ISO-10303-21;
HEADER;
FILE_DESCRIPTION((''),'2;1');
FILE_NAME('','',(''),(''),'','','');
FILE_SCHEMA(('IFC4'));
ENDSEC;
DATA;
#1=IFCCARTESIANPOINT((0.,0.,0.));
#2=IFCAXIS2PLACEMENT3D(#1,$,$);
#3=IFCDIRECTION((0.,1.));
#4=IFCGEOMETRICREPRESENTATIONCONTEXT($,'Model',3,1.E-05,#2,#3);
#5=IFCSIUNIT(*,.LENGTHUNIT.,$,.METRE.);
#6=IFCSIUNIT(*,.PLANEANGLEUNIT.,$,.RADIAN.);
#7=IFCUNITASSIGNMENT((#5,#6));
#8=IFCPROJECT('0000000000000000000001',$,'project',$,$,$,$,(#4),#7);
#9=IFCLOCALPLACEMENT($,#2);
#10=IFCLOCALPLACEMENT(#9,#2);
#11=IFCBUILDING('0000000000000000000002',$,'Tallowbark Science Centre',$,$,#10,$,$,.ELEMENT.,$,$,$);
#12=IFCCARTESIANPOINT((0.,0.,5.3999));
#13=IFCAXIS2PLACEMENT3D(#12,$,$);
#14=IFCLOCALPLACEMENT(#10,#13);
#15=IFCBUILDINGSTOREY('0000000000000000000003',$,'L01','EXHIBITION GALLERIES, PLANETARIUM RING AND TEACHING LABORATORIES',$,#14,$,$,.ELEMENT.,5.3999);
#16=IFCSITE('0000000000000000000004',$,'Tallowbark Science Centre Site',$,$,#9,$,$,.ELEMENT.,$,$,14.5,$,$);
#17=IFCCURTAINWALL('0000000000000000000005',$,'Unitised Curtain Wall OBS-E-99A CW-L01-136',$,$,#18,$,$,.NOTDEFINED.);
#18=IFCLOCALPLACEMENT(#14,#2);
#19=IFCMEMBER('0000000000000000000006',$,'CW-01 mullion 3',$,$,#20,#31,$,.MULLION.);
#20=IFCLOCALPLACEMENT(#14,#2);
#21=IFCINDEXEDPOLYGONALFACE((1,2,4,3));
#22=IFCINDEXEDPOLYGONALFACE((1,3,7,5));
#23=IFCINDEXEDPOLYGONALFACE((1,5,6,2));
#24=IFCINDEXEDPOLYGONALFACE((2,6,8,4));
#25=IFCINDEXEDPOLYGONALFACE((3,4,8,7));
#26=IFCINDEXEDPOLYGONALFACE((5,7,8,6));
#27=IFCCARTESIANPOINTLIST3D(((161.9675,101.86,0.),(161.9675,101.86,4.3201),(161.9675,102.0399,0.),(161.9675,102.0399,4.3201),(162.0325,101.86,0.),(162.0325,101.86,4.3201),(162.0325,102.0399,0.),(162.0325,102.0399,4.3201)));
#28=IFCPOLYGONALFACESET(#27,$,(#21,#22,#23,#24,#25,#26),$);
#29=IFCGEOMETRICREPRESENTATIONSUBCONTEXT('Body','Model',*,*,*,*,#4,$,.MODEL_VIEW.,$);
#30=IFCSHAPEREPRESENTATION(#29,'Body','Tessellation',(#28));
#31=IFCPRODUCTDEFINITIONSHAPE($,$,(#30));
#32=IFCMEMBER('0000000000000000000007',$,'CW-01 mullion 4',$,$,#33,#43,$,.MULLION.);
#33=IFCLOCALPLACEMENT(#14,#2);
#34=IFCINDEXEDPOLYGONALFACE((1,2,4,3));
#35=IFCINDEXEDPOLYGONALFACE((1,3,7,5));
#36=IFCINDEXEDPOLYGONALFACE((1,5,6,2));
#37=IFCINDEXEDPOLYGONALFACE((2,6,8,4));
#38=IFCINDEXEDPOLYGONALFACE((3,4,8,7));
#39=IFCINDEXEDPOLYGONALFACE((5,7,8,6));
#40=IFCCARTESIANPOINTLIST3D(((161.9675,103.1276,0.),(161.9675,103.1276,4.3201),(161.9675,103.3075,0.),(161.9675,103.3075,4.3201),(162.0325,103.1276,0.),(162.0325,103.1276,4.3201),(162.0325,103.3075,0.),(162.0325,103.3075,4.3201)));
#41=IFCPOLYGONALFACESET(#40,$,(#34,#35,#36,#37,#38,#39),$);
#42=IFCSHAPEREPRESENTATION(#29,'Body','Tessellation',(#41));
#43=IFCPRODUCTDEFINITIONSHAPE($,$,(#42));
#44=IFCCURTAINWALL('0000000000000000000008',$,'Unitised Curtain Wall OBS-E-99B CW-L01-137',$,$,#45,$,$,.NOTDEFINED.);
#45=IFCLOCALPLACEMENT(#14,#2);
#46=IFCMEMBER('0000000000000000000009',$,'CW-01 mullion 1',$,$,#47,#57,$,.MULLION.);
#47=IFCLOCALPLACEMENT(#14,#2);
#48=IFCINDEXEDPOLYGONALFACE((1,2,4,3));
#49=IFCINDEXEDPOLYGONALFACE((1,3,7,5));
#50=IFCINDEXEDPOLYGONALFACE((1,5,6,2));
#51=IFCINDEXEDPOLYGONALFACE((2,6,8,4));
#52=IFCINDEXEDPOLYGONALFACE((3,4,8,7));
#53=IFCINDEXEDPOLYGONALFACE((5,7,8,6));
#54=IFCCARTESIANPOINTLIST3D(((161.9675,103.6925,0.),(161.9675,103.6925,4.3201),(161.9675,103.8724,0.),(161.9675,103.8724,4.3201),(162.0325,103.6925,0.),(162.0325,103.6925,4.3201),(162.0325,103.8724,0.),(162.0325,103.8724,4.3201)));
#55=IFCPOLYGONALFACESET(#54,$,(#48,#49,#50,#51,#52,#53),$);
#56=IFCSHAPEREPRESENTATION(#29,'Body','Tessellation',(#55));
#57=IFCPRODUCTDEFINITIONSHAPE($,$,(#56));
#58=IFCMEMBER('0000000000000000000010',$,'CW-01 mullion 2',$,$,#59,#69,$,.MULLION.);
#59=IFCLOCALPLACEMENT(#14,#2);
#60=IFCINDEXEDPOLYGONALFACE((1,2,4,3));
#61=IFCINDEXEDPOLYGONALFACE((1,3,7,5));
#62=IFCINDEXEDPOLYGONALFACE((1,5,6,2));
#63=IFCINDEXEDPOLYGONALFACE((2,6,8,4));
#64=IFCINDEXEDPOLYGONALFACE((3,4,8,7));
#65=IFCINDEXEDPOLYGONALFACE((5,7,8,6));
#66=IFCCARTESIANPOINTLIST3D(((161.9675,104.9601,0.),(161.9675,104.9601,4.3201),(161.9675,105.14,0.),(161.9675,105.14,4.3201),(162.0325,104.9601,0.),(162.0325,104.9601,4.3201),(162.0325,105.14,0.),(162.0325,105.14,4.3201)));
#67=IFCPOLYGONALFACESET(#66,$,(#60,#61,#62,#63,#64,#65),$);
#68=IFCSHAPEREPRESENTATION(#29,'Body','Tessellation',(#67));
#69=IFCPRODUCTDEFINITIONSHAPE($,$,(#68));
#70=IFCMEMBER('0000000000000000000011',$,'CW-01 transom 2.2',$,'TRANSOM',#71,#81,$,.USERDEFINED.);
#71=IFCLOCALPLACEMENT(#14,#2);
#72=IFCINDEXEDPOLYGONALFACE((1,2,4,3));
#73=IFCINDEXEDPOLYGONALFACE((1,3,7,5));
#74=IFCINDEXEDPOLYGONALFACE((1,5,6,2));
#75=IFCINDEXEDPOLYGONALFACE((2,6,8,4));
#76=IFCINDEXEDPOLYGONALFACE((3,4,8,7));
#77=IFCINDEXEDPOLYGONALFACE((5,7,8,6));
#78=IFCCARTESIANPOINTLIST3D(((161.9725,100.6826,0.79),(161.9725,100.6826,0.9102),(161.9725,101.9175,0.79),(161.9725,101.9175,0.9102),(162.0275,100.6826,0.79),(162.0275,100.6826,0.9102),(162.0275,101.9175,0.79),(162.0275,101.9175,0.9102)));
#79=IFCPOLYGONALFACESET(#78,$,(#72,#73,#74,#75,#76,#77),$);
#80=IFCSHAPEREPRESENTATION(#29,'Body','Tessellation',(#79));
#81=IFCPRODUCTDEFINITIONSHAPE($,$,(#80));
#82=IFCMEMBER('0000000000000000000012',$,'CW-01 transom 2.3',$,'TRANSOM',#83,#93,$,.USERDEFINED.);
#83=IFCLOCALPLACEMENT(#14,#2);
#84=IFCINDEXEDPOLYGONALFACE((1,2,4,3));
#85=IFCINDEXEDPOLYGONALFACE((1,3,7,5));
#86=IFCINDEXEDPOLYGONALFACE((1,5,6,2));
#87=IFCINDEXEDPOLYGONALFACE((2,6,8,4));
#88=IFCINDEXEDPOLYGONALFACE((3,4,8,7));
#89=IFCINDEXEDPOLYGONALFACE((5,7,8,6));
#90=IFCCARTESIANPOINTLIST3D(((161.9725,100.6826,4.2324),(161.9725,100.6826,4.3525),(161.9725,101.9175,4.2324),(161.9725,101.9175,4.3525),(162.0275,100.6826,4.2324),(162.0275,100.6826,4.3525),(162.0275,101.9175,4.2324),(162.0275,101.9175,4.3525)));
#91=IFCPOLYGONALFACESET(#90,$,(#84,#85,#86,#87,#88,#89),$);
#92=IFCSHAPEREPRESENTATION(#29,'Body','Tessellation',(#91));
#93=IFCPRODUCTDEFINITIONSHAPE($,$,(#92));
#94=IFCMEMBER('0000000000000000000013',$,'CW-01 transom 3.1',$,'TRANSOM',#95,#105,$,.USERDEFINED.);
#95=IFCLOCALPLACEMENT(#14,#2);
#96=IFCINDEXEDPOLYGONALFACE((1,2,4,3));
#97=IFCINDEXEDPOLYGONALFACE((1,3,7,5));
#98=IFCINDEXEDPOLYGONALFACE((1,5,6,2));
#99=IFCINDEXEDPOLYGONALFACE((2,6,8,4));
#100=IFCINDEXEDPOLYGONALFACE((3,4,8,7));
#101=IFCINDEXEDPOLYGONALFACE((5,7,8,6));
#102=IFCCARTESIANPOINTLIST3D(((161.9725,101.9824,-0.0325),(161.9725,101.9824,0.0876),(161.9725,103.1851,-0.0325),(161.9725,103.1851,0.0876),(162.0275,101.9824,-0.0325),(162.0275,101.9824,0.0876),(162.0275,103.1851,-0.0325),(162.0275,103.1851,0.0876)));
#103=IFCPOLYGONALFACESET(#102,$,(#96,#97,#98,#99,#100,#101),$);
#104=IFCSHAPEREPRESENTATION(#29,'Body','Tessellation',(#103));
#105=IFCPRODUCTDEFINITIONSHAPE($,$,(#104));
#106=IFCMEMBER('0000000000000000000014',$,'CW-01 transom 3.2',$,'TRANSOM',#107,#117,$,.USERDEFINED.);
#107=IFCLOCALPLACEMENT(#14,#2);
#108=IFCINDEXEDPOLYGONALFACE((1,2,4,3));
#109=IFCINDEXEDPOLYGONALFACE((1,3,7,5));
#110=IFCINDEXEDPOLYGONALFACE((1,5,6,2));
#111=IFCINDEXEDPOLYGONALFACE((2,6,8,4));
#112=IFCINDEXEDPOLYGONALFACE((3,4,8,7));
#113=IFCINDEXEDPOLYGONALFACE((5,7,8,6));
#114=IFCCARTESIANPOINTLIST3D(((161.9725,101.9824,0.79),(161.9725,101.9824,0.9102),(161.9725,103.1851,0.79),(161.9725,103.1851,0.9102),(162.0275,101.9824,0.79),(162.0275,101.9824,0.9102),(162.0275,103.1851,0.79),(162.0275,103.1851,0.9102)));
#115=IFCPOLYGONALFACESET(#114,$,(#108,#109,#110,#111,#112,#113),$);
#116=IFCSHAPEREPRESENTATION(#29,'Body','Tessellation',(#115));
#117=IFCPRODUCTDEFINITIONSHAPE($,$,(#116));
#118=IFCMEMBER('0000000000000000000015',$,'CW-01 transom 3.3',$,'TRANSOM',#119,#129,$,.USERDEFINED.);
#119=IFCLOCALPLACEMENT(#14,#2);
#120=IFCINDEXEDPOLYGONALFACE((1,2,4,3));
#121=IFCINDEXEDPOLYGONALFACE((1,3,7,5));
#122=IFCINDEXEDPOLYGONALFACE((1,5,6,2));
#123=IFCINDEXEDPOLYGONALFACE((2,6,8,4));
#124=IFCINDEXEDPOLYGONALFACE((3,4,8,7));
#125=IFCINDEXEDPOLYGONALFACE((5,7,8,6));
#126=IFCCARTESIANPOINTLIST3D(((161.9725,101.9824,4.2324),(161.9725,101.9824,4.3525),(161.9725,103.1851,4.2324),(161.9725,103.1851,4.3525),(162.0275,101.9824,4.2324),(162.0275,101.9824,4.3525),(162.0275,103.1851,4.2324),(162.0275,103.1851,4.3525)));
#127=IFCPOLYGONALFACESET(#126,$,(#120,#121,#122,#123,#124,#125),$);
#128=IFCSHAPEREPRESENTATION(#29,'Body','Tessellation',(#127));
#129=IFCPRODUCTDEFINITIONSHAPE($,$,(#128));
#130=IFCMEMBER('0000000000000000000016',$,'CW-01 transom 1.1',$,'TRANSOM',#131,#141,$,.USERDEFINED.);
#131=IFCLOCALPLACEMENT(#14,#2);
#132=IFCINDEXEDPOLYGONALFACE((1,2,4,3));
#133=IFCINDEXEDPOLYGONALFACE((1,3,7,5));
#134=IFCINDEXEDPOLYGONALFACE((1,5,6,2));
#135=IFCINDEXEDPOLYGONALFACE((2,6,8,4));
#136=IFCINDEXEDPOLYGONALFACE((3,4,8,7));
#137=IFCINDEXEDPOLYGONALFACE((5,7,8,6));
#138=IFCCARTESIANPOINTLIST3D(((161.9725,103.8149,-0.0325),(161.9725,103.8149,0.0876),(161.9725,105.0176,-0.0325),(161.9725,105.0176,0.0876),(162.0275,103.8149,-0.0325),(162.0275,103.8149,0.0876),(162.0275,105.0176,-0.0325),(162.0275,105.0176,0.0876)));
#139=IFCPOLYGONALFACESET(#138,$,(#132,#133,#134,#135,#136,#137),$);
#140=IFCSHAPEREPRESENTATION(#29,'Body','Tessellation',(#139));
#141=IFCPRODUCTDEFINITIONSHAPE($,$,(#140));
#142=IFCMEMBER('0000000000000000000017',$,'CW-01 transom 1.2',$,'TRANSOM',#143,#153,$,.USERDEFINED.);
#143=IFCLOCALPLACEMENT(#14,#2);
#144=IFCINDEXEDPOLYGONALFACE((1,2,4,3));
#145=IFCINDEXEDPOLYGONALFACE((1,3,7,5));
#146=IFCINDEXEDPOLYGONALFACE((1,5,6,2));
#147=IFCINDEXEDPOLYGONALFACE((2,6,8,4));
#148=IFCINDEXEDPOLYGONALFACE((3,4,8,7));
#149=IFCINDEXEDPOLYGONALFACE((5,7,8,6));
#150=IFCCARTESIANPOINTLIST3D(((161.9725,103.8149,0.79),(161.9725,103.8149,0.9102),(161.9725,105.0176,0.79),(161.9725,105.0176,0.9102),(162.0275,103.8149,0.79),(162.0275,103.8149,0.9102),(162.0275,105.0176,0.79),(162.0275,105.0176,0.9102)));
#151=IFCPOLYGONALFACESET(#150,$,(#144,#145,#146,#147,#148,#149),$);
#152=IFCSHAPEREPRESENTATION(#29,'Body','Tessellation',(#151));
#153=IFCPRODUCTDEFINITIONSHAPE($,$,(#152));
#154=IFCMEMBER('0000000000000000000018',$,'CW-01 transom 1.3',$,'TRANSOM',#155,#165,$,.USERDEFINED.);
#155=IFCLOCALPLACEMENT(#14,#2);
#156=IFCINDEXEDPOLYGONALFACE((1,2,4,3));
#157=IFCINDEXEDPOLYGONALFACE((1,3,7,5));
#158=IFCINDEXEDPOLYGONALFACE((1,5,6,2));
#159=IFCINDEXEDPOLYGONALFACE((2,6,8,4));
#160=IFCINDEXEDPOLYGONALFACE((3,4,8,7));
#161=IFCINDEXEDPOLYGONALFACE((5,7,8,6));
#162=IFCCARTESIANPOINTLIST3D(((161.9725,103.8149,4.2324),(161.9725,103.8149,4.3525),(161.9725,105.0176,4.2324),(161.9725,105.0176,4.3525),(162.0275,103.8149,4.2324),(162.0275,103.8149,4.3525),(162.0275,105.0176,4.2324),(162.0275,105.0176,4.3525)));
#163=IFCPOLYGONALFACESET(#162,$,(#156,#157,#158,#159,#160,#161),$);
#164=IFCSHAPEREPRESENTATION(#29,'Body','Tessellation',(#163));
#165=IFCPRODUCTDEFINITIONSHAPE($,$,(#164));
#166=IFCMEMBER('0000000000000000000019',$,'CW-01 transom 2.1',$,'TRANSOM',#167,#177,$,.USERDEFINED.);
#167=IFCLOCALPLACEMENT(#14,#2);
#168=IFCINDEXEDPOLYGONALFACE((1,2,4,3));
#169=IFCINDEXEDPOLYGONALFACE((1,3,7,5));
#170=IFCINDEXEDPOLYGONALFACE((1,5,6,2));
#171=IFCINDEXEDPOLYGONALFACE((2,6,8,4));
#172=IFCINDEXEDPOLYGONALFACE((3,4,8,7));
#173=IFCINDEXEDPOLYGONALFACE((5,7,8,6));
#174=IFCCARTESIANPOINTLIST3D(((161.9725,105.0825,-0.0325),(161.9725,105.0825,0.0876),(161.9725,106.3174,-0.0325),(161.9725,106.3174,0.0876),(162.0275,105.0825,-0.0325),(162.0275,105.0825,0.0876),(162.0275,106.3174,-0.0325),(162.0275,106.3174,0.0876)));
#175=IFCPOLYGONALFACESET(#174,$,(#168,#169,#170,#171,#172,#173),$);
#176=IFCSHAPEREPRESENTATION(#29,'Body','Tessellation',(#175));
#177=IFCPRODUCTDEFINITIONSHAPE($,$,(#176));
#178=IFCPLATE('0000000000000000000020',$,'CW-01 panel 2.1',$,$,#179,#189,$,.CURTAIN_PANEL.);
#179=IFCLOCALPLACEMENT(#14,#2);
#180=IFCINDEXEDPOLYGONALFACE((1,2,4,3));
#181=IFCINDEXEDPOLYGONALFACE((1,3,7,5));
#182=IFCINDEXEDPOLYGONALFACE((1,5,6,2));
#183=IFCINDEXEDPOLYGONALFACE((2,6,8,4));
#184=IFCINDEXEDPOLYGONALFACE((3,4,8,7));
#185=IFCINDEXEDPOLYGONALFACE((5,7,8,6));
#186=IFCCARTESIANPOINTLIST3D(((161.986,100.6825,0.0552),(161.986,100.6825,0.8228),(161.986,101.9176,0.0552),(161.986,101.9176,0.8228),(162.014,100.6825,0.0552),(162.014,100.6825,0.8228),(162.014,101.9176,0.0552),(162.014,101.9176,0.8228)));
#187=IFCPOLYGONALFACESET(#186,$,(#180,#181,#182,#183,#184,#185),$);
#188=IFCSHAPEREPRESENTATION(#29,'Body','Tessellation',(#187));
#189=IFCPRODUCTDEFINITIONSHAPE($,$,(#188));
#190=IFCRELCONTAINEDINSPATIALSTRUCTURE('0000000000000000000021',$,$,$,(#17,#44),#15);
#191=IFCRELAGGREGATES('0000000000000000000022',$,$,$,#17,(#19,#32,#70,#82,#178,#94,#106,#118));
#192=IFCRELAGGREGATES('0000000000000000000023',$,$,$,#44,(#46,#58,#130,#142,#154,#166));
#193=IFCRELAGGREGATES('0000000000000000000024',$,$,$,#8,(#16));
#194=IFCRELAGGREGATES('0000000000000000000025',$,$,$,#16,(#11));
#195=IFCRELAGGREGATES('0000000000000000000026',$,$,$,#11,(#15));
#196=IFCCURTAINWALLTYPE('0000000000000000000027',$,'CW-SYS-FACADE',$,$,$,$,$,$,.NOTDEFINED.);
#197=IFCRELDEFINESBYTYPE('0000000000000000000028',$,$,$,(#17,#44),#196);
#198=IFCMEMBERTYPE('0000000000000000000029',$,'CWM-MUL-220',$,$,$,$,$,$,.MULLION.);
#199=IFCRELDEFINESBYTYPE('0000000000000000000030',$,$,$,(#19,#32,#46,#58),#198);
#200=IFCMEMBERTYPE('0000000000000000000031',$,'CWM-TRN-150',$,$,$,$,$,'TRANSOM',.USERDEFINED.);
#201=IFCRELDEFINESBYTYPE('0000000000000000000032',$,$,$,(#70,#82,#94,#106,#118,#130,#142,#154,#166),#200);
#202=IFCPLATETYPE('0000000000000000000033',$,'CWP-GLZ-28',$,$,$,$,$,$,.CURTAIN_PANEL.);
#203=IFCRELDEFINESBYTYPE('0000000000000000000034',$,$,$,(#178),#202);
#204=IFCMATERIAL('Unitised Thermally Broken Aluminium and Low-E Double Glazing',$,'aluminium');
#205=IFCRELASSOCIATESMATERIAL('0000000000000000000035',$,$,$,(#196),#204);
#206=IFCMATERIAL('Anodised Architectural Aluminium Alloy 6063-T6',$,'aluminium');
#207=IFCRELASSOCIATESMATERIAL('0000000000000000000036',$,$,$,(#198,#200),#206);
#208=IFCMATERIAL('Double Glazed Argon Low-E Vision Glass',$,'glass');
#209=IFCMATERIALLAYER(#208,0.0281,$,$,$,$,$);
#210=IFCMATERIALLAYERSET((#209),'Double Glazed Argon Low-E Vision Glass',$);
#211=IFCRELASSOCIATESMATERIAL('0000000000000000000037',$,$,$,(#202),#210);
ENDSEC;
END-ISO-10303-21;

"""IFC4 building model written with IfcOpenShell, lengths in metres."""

from ifc_helpers import new_model, si_unit, direction, frame, origin, origin_2d, place, context, subcontext, project, spatial, rectangle, extrude, material, layer, layer_set, material_profile, profile_set, type_object, element, aggregate, save


model = new_model("IFC4")

# Units and contexts
model_context = context("Model", 3, precision=1e-05, world=origin(), true_north=direction((0.0, 1.0)))
body_context = subcontext(model_context, "Body", "Model", "MODEL_VIEW")
ifc_project = project(units=[si_unit("LENGTHUNIT", "METRE"), si_unit("PLANEANGLEUNIT", "RADIAN")], contexts=[model_context])

# Site, building, storey
site_placement = place(None, origin())
site = spatial("IfcSite", under=ifc_project, at=site_placement, Name="Tallowbark Science Centre Site", CompositionType="ELEMENT", RefElevation=14.5)
building_placement = place(site_placement, origin())
building = spatial("IfcBuilding", under=site, at=building_placement, Name="Tallowbark Science Centre", CompositionType="ELEMENT")
storey_placement = place(building_placement, frame((0.0, 0.0, 5.3999)))
storey = spatial("IfcBuildingStorey", under=building, at=storey_placement, Name="L01", Description="EXHIBITION GALLERIES, PLANETARIUM RING AND TEACHING LABORATORIES", CompositionType="ELEMENT", Elevation=5.3999)

# Curtain walls, members
ifc_material_1 = material(Name="Unitised Thermally Broken Aluminium and Low-E Double Glazing", Category="aluminium")
curtain_wall_type = type_object("IfcCurtainWallType", Name="CW-SYS-FACADE", PredefinedType="NOTDEFINED", material=ifc_material_1)
curtain_wall_1_placement = place(storey_placement, origin())
curtain_wall_1 = element("IfcCurtainWall", 1, at=curtain_wall_1_placement, inside=storey, type_object=curtain_wall_type, Name="Unitised Curtain Wall OBS-E-99A CW-L01-136", PredefinedType="NOTDEFINED")
ifc_material_2 = material(Name="Anodised Architectural Aluminium Alloy 6063-T6", Category="aluminium")
ifc_material_profile_1 = material_profile(ifc_material_2, rectangle(XDim=0.0649, YDim=0.1799, at=origin_2d()), Name="ALU65x180")
ifc_profile_set_1 = profile_set([ifc_material_profile_1], Name="Anodised Architectural Aluminium Alloy 6063-T6")
member_type_1 = type_object("IfcMemberType", Name="CWM-MUL-220", PredefinedType="MULLION", material=ifc_profile_set_1)
member_1_placement = place(storey_placement, frame((162.0, 101.95, 0.0), z_axis=(0.0, 0.0, 1.0), x_axis=(-1.0, 0.0, 0.0)))
member_1 = element("IfcMember", 2, at=member_1_placement, type_object=member_type_1, Name="CW-01 mullion 3", PredefinedType="MULLION", context=body_context, shape_type="SweptSolid", body=[
    extrude(rectangle(XDim=0.0649, YDim=0.1799, at=origin_2d()), origin(), (0.0, 0.0, 1.0), 4.3201),
])
member_2_placement = place(storey_placement, frame((162.0, 103.2175, 0.0), z_axis=(0.0, 0.0, 1.0), x_axis=(-1.0, 0.0, 0.0)))
member_2 = element("IfcMember", 3, at=member_2_placement, type_object=member_type_1, Name="CW-01 mullion 4", PredefinedType="MULLION", context=body_context, shape_type="SweptSolid", body=[
    extrude(rectangle(XDim=0.0649, YDim=0.1799, at=origin_2d()), origin(), (0.0, 0.0, 1.0), 4.3201),
])
curtain_wall_2_placement = place(storey_placement, origin())
curtain_wall_2 = element("IfcCurtainWall", 4, at=curtain_wall_2_placement, inside=storey, type_object=curtain_wall_type, Name="Unitised Curtain Wall OBS-E-99B CW-L01-137", PredefinedType="NOTDEFINED")
member_3_placement = place(storey_placement, frame((162.0, 103.7825, 0.0), z_axis=(0.0, 0.0, 1.0), x_axis=(-1.0, 0.0, 0.0)))
member_3 = element("IfcMember", 5, at=member_3_placement, type_object=member_type_1, Name="CW-01 mullion 1", PredefinedType="MULLION", context=body_context, shape_type="SweptSolid", body=[
    extrude(rectangle(XDim=0.0649, YDim=0.1799, at=origin_2d()), origin(), (0.0, 0.0, 1.0), 4.3201),
])
member_4_placement = place(storey_placement, frame((162.0, 105.05, 0.0), z_axis=(0.0, 0.0, 1.0), x_axis=(-1.0, 0.0, 0.0)))
member_4 = element("IfcMember", 6, at=member_4_placement, type_object=member_type_1, Name="CW-01 mullion 2", PredefinedType="MULLION", context=body_context, shape_type="SweptSolid", body=[
    extrude(rectangle(XDim=0.0649, YDim=0.1799, at=origin_2d()), origin(), (0.0, 0.0, 1.0), 4.3201),
])

# Members
ifc_material_profile_2 = material_profile(ifc_material_2, rectangle(XDim=0.0549, YDim=0.1201, at=origin_2d()), Name="ALU55x120")
ifc_profile_set_2 = profile_set([ifc_material_profile_2], Name="Anodised Architectural Aluminium Alloy 6063-T6")
member_type_2 = type_object("IfcMemberType", Name="CWM-TRN-150", ElementType="TRANSOM", PredefinedType="USERDEFINED", material=ifc_profile_set_2)
member_5_placement = place(storey_placement, frame((162.0, 100.6826, 0.8501), z_axis=(0.0, 1.0, 0.0), x_axis=(-1.0, 0.0, 0.0)))
member_5 = element("IfcMember", 7, at=member_5_placement, type_object=member_type_2, Name="CW-01 transom 2.2", ObjectType="TRANSOM", PredefinedType="USERDEFINED", context=body_context, shape_type="SweptSolid", body=[
    extrude(rectangle(XDim=0.0549, YDim=0.1201, at=origin_2d()), origin(), (0.0, 0.0, 1.0), 1.2349),
])
member_6_placement = place(storey_placement, frame((162.0, 100.6826, 4.2925), z_axis=(0.0, 1.0, 0.0), x_axis=(-1.0, 0.0, 0.0)))
member_6 = element("IfcMember", 8, at=member_6_placement, type_object=member_type_2, Name="CW-01 transom 2.3", ObjectType="TRANSOM", PredefinedType="USERDEFINED", context=body_context, shape_type="SweptSolid", body=[
    extrude(rectangle(XDim=0.0549, YDim=0.1201, at=origin_2d()), origin(), (0.0, 0.0, 1.0), 1.2349),
])
member_7_placement = place(storey_placement, frame((162.0, 101.9824, 0.0276), z_axis=(0.0, 1.0, 0.0), x_axis=(-1.0, 0.0, 0.0)))
member_7 = element("IfcMember", 9, at=member_7_placement, type_object=member_type_2, Name="CW-01 transom 3.1", ObjectType="TRANSOM", PredefinedType="USERDEFINED", context=body_context, shape_type="SweptSolid", body=[
    extrude(rectangle(XDim=0.0549, YDim=0.1201, at=origin_2d()), origin(), (0.0, 0.0, 1.0), 1.2026),
])
member_8_placement = place(storey_placement, frame((162.0, 101.9824, 0.8501), z_axis=(0.0, 1.0, 0.0), x_axis=(-1.0, 0.0, 0.0)))
member_8 = element("IfcMember", 10, at=member_8_placement, type_object=member_type_2, Name="CW-01 transom 3.2", ObjectType="TRANSOM", PredefinedType="USERDEFINED", context=body_context, shape_type="SweptSolid", body=[
    extrude(rectangle(XDim=0.0549, YDim=0.1201, at=origin_2d()), origin(), (0.0, 0.0, 1.0), 1.2026),
])
member_9_placement = place(storey_placement, frame((162.0, 101.9824, 4.2925), z_axis=(0.0, 1.0, 0.0), x_axis=(-1.0, 0.0, 0.0)))
member_9 = element("IfcMember", 11, at=member_9_placement, type_object=member_type_2, Name="CW-01 transom 3.3", ObjectType="TRANSOM", PredefinedType="USERDEFINED", context=body_context, shape_type="SweptSolid", body=[
    extrude(rectangle(XDim=0.0549, YDim=0.1201, at=origin_2d()), origin(), (0.0, 0.0, 1.0), 1.2026),
])
member_10_placement = place(storey_placement, frame((162.0, 103.8149, 0.0276), z_axis=(0.0, 1.0, 0.0), x_axis=(-1.0, 0.0, 0.0)))
member_10 = element("IfcMember", 12, at=member_10_placement, type_object=member_type_2, Name="CW-01 transom 1.1", ObjectType="TRANSOM", PredefinedType="USERDEFINED", context=body_context, shape_type="SweptSolid", body=[
    extrude(rectangle(XDim=0.0549, YDim=0.1201, at=origin_2d()), origin(), (0.0, 0.0, 1.0), 1.2026),
])
member_11_placement = place(storey_placement, frame((162.0, 103.8149, 0.8501), z_axis=(0.0, 1.0, 0.0), x_axis=(-1.0, 0.0, 0.0)))
member_11 = element("IfcMember", 13, at=member_11_placement, type_object=member_type_2, Name="CW-01 transom 1.2", ObjectType="TRANSOM", PredefinedType="USERDEFINED", context=body_context, shape_type="SweptSolid", body=[
    extrude(rectangle(XDim=0.0549, YDim=0.1201, at=origin_2d()), origin(), (0.0, 0.0, 1.0), 1.2026),
])
member_12_placement = place(storey_placement, frame((162.0, 103.8149, 4.2925), z_axis=(0.0, 1.0, 0.0), x_axis=(-1.0, 0.0, 0.0)))
member_12 = element("IfcMember", 14, at=member_12_placement, type_object=member_type_2, Name="CW-01 transom 1.3", ObjectType="TRANSOM", PredefinedType="USERDEFINED", context=body_context, shape_type="SweptSolid", body=[
    extrude(rectangle(XDim=0.0549, YDim=0.1201, at=origin_2d()), origin(), (0.0, 0.0, 1.0), 1.2026),
])
member_13_placement = place(storey_placement, frame((162.0, 105.0825, 0.0276), z_axis=(0.0, 1.0, 0.0), x_axis=(-1.0, 0.0, 0.0)))
member_13 = element("IfcMember", 15, at=member_13_placement, type_object=member_type_2, Name="CW-01 transom 2.1", ObjectType="TRANSOM", PredefinedType="USERDEFINED", context=body_context, shape_type="SweptSolid", body=[
    extrude(rectangle(XDim=0.0549, YDim=0.1201, at=origin_2d()), origin(), (0.0, 0.0, 1.0), 1.2349),
])

# Plate
ifc_material_3 = material(Name="Double Glazed Argon Low-E Vision Glass", Category="glass")
ifc_layer_1 = layer(ifc_material_3, 0.0281)
ifc_layer_set_1 = layer_set([ifc_layer_1], Name="Double Glazed Argon Low-E Vision Glass")
plate_type = type_object("IfcPlateType", Name="CWP-GLZ-28", PredefinedType="CURTAIN_PANEL", material=ifc_layer_set_1)
plate_1_placement = place(storey_placement, frame((162.0, 101.3, 0.0552), z_axis=(0.0, 0.0, 1.0), x_axis=(0.0, 1.0, 0.0)))
plate_1 = element("IfcPlate", 16, at=plate_1_placement, type_object=plate_type, Name="CW-01 panel 2.1", PredefinedType="CURTAIN_PANEL", context=body_context, shape_type="SweptSolid", body=[
    extrude(rectangle(XDim=1.2351, YDim=0.0281, at=origin_2d()), origin(), (0.0, 0.0, 1.0), 0.7676),
])
aggregate(curtain_wall_1, [member_1, member_2, member_5, member_6, plate_1, member_7, member_8, member_9])
aggregate(curtain_wall_2, [member_3, member_4, member_10, member_11, member_12, member_13])

save(model, "model.ifc")
